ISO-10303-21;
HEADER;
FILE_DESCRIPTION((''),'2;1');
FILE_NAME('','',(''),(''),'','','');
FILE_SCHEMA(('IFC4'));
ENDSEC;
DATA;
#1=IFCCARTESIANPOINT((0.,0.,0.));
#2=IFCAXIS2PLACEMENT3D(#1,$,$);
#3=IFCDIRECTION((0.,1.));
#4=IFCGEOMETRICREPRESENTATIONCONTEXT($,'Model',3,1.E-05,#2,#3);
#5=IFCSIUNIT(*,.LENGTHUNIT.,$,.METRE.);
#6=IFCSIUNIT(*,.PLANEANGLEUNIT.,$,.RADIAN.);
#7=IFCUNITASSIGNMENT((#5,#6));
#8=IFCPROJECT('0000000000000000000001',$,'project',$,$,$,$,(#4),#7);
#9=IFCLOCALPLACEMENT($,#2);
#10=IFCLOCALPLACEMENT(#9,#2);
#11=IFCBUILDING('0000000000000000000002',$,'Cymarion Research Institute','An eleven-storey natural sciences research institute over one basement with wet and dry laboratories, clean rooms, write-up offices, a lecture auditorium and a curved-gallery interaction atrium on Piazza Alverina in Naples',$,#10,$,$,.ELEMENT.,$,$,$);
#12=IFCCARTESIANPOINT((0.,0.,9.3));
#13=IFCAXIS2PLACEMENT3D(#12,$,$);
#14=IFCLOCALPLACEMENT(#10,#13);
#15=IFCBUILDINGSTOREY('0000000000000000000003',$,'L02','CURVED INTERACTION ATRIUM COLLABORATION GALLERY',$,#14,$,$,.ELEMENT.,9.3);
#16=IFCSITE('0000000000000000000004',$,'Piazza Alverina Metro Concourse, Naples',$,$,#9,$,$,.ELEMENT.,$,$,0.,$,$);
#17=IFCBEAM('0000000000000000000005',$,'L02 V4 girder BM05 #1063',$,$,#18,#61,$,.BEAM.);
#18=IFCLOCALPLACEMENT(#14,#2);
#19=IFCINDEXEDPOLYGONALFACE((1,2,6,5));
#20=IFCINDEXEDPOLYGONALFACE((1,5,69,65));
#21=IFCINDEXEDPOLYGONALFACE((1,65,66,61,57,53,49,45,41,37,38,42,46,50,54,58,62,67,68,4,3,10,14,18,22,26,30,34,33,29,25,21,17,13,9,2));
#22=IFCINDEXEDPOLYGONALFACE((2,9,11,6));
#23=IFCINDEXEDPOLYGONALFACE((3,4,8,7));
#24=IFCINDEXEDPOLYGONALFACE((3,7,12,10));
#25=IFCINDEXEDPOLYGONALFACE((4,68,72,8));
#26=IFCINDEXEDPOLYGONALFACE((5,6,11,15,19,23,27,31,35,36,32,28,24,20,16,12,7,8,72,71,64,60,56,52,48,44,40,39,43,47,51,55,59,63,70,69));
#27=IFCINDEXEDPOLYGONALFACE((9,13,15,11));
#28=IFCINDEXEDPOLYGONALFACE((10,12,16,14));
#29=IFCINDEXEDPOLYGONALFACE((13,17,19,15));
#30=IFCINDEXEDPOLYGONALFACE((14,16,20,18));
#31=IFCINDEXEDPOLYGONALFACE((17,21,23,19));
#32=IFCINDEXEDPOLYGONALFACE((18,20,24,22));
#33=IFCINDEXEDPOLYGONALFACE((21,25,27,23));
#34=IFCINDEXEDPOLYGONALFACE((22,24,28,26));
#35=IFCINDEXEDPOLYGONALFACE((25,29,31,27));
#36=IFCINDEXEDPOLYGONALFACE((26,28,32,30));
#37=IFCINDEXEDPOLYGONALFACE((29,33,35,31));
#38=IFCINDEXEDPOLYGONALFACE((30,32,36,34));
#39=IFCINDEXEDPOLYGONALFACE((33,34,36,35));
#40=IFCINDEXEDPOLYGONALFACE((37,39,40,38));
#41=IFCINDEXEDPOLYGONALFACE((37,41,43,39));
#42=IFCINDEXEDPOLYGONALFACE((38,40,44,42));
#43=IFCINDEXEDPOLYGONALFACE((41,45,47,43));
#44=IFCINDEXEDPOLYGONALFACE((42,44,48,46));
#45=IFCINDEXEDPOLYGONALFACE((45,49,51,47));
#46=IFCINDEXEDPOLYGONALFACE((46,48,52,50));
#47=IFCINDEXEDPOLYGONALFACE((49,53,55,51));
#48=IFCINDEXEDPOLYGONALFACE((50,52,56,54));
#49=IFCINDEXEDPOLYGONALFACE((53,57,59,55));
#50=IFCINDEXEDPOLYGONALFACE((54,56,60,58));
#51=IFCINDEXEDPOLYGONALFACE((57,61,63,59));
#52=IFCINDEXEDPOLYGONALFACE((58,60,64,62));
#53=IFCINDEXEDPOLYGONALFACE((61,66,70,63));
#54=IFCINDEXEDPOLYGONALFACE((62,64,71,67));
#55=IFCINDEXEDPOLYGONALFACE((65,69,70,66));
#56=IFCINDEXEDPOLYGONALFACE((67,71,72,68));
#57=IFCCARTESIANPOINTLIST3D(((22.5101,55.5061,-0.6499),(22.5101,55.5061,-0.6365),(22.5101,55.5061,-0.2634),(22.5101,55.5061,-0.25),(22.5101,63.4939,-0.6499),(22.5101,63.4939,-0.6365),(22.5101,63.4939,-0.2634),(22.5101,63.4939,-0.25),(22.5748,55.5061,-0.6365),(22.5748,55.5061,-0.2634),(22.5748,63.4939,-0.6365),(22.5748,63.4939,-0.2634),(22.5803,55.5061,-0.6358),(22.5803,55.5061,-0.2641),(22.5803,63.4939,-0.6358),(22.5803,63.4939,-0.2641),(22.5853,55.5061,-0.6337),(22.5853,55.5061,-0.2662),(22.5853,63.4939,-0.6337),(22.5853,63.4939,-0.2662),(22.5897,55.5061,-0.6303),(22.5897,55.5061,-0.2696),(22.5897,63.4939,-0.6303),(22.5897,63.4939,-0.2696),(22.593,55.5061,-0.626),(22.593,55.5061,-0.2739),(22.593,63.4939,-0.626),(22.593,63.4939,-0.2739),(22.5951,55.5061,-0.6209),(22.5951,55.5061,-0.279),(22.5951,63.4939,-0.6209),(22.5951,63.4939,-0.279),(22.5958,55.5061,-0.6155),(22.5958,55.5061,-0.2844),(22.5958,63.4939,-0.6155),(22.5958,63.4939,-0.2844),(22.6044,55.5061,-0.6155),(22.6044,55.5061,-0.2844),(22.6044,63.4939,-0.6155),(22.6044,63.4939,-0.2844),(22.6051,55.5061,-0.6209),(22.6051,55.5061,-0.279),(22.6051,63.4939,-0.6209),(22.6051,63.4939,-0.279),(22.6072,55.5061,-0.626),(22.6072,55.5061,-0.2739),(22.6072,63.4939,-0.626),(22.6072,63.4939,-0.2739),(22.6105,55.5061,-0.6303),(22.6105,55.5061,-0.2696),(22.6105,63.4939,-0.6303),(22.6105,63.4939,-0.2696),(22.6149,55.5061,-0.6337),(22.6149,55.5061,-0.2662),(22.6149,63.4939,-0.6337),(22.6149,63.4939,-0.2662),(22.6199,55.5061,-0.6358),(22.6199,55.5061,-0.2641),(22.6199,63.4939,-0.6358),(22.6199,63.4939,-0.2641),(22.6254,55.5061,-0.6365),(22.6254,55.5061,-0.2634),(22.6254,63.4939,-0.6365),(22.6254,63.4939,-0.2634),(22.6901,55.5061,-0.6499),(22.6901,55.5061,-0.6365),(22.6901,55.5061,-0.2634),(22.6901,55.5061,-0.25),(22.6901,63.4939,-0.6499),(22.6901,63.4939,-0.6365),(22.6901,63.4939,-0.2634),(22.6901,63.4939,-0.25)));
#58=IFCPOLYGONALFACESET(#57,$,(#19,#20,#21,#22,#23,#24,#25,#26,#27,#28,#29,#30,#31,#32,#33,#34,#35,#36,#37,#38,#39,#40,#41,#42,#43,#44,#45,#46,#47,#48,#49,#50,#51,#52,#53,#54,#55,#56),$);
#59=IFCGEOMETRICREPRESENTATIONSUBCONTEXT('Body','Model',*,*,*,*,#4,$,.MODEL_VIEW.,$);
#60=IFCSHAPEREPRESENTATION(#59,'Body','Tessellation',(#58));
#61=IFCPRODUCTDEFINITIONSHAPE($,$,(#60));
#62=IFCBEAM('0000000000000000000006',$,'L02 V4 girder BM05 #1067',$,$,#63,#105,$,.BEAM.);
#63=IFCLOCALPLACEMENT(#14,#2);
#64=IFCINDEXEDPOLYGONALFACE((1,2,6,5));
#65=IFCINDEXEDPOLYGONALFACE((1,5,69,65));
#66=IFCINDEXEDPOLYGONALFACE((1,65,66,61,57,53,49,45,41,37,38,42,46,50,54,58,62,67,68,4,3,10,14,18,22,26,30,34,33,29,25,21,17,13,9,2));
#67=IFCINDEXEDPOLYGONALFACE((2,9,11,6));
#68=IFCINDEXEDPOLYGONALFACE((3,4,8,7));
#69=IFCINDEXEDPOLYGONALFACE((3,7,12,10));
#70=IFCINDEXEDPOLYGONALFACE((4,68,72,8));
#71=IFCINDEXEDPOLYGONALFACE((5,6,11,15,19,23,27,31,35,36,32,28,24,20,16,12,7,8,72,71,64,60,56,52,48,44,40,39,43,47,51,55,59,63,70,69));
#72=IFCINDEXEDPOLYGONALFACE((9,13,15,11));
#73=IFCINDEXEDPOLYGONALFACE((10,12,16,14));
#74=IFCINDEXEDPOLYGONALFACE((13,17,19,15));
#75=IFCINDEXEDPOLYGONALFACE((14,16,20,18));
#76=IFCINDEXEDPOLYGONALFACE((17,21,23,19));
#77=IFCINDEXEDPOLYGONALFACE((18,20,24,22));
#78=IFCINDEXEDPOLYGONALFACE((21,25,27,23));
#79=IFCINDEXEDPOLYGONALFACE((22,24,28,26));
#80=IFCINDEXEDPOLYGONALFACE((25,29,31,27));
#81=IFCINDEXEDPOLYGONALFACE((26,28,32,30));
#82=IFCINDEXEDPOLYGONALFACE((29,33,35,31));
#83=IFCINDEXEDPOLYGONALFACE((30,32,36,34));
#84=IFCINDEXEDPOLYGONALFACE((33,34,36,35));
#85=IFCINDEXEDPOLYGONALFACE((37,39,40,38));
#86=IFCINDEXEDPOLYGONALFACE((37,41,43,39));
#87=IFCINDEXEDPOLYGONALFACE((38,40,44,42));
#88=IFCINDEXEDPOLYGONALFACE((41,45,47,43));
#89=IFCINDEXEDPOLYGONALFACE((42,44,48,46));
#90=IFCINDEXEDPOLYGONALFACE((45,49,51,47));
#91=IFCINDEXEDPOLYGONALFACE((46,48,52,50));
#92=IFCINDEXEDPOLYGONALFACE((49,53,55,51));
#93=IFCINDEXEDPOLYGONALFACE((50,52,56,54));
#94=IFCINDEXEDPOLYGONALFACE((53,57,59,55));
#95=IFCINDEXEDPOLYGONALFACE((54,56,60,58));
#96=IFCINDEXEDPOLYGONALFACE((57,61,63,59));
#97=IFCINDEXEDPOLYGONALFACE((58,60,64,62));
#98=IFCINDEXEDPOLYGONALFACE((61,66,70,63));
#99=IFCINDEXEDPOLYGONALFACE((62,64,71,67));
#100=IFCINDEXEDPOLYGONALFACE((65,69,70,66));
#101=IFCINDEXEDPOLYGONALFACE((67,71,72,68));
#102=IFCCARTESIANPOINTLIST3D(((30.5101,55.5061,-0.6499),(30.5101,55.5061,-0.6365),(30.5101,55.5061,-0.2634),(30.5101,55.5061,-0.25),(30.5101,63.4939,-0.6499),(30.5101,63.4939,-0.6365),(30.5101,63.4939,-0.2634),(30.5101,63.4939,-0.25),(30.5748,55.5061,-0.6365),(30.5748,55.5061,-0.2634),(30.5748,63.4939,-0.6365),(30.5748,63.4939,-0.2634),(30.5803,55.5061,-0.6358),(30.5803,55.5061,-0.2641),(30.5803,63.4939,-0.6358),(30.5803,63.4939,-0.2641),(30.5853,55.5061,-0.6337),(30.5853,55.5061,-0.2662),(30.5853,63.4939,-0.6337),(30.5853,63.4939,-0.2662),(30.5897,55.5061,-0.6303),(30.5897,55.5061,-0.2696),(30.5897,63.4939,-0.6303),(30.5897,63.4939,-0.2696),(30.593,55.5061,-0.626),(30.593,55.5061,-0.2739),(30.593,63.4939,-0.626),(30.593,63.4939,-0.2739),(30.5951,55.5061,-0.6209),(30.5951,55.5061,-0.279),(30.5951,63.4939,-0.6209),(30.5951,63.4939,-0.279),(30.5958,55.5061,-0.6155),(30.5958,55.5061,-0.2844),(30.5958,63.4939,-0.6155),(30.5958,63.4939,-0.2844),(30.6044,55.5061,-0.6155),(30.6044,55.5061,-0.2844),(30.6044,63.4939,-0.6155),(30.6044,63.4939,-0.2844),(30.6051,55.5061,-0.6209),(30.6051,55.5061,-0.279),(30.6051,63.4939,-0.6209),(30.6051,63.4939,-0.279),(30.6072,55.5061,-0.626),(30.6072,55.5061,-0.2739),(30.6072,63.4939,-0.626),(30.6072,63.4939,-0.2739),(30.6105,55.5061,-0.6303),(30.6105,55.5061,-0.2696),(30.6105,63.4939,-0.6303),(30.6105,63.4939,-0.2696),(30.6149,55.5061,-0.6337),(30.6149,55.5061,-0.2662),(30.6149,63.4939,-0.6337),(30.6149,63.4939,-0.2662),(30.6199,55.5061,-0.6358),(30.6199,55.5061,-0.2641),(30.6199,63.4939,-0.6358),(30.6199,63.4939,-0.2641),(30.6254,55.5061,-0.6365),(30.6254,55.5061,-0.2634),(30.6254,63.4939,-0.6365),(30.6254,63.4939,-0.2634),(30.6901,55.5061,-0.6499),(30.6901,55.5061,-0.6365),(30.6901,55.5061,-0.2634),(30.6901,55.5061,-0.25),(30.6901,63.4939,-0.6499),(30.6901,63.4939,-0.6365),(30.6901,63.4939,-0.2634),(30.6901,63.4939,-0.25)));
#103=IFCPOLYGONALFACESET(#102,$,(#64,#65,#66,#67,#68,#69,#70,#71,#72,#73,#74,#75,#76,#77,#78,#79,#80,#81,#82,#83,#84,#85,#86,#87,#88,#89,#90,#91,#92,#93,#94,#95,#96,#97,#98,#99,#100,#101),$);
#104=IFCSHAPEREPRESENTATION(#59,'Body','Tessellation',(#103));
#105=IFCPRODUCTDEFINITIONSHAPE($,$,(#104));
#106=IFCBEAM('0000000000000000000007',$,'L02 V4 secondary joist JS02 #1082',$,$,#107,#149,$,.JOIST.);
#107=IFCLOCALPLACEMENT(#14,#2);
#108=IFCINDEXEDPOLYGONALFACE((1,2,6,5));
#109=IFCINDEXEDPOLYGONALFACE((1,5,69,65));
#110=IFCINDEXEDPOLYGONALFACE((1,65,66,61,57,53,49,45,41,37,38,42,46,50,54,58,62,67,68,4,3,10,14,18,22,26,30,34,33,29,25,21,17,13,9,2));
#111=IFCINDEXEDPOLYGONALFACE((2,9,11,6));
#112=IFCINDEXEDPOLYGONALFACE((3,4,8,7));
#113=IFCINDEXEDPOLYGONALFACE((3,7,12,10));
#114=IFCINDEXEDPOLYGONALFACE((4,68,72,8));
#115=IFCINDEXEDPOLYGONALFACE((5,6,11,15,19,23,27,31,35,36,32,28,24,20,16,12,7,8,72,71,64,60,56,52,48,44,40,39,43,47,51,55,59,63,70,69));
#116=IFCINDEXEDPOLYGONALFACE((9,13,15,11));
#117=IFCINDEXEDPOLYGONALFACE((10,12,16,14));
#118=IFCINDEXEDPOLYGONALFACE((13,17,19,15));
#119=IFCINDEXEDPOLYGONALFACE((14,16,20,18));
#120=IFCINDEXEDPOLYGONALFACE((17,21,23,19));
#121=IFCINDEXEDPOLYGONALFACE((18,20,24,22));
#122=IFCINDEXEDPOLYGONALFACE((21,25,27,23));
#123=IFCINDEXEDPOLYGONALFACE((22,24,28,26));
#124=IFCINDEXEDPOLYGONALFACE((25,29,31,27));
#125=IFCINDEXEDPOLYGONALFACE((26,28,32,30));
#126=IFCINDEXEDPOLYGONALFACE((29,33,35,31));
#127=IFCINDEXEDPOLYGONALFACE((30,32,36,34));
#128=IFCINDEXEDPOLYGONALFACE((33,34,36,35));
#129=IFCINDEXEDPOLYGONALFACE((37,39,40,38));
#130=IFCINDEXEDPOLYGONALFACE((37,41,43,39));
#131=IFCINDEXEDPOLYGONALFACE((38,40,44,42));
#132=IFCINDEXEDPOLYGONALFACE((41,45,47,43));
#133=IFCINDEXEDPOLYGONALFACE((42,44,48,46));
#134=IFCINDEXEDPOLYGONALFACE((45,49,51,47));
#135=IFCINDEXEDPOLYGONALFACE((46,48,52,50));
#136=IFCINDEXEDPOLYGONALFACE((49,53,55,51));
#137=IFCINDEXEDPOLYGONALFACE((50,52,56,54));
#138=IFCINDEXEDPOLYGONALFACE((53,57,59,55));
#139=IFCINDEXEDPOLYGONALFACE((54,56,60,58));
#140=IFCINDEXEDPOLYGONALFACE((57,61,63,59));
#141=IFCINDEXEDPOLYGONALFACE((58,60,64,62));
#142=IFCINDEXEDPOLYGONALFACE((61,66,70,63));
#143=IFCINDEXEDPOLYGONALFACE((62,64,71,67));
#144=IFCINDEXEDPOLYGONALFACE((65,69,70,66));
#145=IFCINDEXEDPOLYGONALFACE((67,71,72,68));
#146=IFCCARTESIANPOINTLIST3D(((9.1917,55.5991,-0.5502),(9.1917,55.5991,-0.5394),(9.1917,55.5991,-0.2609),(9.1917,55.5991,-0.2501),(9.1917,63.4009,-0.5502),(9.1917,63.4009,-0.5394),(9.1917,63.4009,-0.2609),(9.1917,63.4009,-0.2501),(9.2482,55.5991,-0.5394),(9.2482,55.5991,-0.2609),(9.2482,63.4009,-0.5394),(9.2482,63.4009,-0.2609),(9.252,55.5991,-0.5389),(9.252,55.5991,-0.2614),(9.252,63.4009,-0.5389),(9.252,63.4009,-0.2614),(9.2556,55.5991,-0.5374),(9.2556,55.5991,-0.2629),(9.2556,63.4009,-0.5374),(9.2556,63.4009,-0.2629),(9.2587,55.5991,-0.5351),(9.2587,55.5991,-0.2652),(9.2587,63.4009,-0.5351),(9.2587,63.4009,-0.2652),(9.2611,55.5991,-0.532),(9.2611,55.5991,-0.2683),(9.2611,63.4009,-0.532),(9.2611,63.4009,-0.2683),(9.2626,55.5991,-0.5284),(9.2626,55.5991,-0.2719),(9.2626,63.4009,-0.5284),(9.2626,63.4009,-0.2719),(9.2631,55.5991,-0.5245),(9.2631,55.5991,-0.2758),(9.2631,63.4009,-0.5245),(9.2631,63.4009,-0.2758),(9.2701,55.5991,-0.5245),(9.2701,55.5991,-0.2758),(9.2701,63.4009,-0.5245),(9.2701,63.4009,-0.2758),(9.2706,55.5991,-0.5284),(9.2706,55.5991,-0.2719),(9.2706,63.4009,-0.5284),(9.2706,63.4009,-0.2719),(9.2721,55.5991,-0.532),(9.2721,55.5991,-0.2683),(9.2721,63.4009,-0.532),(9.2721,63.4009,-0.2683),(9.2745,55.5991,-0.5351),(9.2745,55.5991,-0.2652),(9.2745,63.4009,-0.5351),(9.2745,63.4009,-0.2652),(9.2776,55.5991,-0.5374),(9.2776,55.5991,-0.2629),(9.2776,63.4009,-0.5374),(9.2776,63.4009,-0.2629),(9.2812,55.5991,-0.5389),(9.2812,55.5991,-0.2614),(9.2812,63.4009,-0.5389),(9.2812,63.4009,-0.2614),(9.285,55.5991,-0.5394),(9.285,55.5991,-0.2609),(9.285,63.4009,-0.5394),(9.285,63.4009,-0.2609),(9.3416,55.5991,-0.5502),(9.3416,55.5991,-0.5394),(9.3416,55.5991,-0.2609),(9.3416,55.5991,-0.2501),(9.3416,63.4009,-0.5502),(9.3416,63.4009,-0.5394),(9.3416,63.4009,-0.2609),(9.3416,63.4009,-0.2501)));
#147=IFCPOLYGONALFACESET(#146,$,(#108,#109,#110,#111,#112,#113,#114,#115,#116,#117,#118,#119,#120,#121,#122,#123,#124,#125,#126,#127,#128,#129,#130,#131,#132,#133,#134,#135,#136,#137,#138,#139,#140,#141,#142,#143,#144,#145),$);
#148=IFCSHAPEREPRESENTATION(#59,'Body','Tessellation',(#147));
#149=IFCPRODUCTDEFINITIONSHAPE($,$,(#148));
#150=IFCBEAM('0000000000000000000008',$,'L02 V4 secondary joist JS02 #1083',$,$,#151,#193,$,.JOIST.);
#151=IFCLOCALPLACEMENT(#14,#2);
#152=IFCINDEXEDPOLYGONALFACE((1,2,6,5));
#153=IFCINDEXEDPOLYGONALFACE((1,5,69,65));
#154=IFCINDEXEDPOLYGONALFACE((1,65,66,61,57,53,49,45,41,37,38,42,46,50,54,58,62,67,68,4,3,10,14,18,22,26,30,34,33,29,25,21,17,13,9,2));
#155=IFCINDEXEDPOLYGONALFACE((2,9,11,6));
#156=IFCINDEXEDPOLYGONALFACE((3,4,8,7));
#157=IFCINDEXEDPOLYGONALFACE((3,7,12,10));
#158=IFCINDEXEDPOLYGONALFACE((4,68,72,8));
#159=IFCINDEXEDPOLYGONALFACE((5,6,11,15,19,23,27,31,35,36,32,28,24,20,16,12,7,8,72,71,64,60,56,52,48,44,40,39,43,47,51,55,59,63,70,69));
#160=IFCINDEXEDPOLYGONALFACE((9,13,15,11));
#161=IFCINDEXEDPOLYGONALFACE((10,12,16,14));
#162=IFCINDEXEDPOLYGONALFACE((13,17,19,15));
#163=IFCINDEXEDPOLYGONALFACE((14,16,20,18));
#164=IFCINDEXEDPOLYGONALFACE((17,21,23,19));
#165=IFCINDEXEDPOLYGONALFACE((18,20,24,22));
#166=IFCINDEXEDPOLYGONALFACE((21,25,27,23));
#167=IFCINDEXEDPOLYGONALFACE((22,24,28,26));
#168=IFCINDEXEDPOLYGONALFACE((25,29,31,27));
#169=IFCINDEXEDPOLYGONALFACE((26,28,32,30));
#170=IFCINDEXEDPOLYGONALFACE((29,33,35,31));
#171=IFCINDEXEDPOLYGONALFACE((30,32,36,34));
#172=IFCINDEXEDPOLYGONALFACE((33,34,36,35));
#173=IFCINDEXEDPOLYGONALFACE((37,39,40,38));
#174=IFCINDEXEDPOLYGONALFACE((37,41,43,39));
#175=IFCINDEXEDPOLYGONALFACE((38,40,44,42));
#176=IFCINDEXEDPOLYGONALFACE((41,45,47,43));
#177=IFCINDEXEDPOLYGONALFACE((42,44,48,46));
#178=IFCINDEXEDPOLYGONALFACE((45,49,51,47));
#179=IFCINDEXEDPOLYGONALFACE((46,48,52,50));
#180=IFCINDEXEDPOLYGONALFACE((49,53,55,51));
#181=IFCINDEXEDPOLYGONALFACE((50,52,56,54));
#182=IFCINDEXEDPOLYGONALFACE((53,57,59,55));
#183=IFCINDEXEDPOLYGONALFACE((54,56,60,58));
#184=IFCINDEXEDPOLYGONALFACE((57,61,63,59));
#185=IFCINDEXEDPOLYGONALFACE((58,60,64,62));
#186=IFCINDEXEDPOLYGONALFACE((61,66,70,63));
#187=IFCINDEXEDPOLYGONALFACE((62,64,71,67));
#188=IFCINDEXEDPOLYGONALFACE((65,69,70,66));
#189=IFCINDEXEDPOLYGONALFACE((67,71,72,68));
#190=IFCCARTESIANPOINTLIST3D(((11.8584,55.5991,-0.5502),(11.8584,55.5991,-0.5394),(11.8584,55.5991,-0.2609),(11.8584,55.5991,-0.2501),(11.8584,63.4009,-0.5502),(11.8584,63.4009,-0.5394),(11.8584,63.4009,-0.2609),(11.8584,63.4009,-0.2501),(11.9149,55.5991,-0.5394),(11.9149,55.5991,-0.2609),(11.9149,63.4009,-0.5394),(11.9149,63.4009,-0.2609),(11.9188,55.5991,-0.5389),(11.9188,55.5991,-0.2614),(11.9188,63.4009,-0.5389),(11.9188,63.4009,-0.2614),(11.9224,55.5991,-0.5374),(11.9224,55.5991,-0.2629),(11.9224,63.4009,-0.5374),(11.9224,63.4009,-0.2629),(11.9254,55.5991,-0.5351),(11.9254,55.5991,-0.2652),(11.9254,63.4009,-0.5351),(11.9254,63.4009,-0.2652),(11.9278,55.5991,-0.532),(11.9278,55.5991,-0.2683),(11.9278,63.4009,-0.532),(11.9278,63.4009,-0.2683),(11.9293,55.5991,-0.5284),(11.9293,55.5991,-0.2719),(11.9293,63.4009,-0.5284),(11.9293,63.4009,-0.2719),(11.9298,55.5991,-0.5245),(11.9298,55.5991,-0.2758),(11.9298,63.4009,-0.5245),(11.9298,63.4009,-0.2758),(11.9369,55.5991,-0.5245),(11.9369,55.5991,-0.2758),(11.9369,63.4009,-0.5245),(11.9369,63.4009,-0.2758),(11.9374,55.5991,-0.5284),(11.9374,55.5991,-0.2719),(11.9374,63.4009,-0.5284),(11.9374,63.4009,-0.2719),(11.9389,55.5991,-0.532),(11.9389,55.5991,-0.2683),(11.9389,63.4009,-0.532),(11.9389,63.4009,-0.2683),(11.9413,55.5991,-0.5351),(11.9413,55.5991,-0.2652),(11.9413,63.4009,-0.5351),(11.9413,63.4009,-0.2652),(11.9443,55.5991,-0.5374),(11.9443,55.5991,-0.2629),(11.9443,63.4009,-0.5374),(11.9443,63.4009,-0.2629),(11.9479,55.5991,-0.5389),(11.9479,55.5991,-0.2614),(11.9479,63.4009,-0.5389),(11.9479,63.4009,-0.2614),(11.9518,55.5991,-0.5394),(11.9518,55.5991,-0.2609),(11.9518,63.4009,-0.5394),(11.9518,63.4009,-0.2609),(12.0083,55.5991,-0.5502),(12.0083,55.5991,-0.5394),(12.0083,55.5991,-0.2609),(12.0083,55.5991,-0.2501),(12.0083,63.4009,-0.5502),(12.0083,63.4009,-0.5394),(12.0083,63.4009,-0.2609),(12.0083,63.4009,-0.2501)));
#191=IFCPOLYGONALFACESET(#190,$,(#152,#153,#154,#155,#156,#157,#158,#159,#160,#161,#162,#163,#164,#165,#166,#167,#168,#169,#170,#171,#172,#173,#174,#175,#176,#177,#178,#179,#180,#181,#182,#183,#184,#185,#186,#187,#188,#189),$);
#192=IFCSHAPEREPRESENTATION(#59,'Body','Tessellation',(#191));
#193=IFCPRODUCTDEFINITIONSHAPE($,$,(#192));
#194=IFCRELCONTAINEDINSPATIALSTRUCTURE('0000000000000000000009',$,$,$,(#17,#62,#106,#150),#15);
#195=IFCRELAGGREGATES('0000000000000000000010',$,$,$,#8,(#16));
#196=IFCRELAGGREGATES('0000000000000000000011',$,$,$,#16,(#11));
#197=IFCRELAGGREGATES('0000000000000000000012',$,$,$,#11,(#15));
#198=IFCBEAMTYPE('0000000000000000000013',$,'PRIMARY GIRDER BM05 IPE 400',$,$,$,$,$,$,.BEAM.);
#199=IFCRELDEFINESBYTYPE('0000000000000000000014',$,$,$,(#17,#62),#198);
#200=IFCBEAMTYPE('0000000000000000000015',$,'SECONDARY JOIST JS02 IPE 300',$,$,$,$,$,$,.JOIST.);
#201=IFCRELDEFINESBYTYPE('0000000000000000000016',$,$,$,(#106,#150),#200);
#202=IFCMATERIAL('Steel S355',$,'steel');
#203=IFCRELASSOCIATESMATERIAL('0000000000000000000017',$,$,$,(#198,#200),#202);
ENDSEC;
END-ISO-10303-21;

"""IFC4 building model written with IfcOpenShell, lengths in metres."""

from ifc_helpers import new_model, si_unit, direction, frame, origin, origin_2d, place, context, subcontext, project, spatial, i_section, extrude, material, material_profile, profile_set, type_object, element, save


model = new_model("IFC4")

# Units and contexts
model_context = context("Model", 3, precision=1e-05, world=origin(), true_north=direction((0.0, 1.0)))
body_context = subcontext(model_context, "Body", "Model", "MODEL_VIEW")
ifc_project = project(units=[si_unit("LENGTHUNIT", "METRE"), si_unit("PLANEANGLEUNIT", "RADIAN")], contexts=[model_context])

# Site, building, storey
site_placement = place(None, origin())
site = spatial("IfcSite", under=ifc_project, at=site_placement, Name="Piazza Alverina Metro Concourse, Naples", CompositionType="ELEMENT", RefElevation=0.0)
building_placement = place(site_placement, origin())
building = spatial("IfcBuilding", under=site, at=building_placement, Name="Cymarion Research Institute", Description="An eleven-storey natural sciences research institute over one basement with wet and dry laboratories, clean rooms, write-up offices, a lecture auditorium and a curved-gallery interaction atrium on Piazza Alverina in Naples", CompositionType="ELEMENT")
storey_placement = place(building_placement, frame((0.0, 0.0, 9.3)))
storey = spatial("IfcBuildingStorey", under=building, at=storey_placement, Name="L02", Description="CURVED INTERACTION ATRIUM COLLABORATION GALLERY", CompositionType="ELEMENT", Elevation=9.3)

# Shared definitions
ifc_material_1 = material(Name="Steel S355", Category="steel")

# Beams
ifc_material_profile_1 = material_profile(ifc_material_1, i_section(OverallWidth=0.1799, OverallDepth=0.3999, WebThickness=0.0085, FlangeThickness=0.0134, FilletRadius=0.021, at=origin_2d()), Name="IPE 400")
ifc_profile_set_1 = profile_set([ifc_material_profile_1], Name="Steel S355")
beam_type_1 = type_object("IfcBeamType", Name="PRIMARY GIRDER BM05 IPE 400", PredefinedType="BEAM", material=ifc_profile_set_1)
for number, where, z_axis, x_axis, name in (
    (1, (22.6001, 55.5061, -0.45), (0.0, 1.0, 0.0), (-1.0, 0.0, 0.0), "L02 V4 girder BM05 #1063"),
    (2, (30.6001, 55.5061, -0.45), (0.0, 1.0, 0.0), (-1.0, 0.0, 0.0), "L02 V4 girder BM05 #1067"),
):
    element("IfcBeam", number, at=place(storey_placement, frame(where, z_axis=z_axis, x_axis=x_axis)), inside=storey, type_object=beam_type_1, Name=name, PredefinedType="BEAM", context=body_context, shape_type="SweptSolid", body=[
        extrude(i_section(OverallWidth=0.1799, OverallDepth=0.3999, WebThickness=0.0085, FlangeThickness=0.0134, FilletRadius=0.021, at=origin_2d()), origin(), (0.0, 0.0, 1.0), 7.9878),
    ])
ifc_material_profile_2 = material_profile(ifc_material_1, i_section(OverallWidth=0.1499, OverallDepth=0.3, WebThickness=0.0071, FlangeThickness=0.0107, FilletRadius=0.0149, at=origin_2d()), Name="IPE 300")
ifc_profile_set_2 = profile_set([ifc_material_profile_2], Name="Steel S355")
beam_type_2 = type_object("IfcBeamType", Name="SECONDARY JOIST JS02 IPE 300", PredefinedType="JOIST", material=ifc_profile_set_2)
for number, where, z_axis, x_axis, name in (
    (3, (9.2666, 55.5991, -0.4001), (0.0, 1.0, 0.0), (-1.0, 0.0, 0.0), "L02 V4 secondary joist JS02 #1082"),
    (4, (11.9333, 55.5991, -0.4001), (0.0, 1.0, 0.0), (-1.0, 0.0, 0.0), "L02 V4 secondary joist JS02 #1083"),
):
    element("IfcBeam", number, at=place(storey_placement, frame(where, z_axis=z_axis, x_axis=x_axis)), inside=storey, type_object=beam_type_2, Name=name, PredefinedType="JOIST", context=body_context, shape_type="SweptSolid", body=[
        extrude(i_section(OverallWidth=0.1499, OverallDepth=0.3, WebThickness=0.0071, FlangeThickness=0.0107, FilletRadius=0.0149, at=origin_2d()), origin(), (0.0, 0.0, 1.0), 7.8018),
    ])

save(model, "model.ifc")
